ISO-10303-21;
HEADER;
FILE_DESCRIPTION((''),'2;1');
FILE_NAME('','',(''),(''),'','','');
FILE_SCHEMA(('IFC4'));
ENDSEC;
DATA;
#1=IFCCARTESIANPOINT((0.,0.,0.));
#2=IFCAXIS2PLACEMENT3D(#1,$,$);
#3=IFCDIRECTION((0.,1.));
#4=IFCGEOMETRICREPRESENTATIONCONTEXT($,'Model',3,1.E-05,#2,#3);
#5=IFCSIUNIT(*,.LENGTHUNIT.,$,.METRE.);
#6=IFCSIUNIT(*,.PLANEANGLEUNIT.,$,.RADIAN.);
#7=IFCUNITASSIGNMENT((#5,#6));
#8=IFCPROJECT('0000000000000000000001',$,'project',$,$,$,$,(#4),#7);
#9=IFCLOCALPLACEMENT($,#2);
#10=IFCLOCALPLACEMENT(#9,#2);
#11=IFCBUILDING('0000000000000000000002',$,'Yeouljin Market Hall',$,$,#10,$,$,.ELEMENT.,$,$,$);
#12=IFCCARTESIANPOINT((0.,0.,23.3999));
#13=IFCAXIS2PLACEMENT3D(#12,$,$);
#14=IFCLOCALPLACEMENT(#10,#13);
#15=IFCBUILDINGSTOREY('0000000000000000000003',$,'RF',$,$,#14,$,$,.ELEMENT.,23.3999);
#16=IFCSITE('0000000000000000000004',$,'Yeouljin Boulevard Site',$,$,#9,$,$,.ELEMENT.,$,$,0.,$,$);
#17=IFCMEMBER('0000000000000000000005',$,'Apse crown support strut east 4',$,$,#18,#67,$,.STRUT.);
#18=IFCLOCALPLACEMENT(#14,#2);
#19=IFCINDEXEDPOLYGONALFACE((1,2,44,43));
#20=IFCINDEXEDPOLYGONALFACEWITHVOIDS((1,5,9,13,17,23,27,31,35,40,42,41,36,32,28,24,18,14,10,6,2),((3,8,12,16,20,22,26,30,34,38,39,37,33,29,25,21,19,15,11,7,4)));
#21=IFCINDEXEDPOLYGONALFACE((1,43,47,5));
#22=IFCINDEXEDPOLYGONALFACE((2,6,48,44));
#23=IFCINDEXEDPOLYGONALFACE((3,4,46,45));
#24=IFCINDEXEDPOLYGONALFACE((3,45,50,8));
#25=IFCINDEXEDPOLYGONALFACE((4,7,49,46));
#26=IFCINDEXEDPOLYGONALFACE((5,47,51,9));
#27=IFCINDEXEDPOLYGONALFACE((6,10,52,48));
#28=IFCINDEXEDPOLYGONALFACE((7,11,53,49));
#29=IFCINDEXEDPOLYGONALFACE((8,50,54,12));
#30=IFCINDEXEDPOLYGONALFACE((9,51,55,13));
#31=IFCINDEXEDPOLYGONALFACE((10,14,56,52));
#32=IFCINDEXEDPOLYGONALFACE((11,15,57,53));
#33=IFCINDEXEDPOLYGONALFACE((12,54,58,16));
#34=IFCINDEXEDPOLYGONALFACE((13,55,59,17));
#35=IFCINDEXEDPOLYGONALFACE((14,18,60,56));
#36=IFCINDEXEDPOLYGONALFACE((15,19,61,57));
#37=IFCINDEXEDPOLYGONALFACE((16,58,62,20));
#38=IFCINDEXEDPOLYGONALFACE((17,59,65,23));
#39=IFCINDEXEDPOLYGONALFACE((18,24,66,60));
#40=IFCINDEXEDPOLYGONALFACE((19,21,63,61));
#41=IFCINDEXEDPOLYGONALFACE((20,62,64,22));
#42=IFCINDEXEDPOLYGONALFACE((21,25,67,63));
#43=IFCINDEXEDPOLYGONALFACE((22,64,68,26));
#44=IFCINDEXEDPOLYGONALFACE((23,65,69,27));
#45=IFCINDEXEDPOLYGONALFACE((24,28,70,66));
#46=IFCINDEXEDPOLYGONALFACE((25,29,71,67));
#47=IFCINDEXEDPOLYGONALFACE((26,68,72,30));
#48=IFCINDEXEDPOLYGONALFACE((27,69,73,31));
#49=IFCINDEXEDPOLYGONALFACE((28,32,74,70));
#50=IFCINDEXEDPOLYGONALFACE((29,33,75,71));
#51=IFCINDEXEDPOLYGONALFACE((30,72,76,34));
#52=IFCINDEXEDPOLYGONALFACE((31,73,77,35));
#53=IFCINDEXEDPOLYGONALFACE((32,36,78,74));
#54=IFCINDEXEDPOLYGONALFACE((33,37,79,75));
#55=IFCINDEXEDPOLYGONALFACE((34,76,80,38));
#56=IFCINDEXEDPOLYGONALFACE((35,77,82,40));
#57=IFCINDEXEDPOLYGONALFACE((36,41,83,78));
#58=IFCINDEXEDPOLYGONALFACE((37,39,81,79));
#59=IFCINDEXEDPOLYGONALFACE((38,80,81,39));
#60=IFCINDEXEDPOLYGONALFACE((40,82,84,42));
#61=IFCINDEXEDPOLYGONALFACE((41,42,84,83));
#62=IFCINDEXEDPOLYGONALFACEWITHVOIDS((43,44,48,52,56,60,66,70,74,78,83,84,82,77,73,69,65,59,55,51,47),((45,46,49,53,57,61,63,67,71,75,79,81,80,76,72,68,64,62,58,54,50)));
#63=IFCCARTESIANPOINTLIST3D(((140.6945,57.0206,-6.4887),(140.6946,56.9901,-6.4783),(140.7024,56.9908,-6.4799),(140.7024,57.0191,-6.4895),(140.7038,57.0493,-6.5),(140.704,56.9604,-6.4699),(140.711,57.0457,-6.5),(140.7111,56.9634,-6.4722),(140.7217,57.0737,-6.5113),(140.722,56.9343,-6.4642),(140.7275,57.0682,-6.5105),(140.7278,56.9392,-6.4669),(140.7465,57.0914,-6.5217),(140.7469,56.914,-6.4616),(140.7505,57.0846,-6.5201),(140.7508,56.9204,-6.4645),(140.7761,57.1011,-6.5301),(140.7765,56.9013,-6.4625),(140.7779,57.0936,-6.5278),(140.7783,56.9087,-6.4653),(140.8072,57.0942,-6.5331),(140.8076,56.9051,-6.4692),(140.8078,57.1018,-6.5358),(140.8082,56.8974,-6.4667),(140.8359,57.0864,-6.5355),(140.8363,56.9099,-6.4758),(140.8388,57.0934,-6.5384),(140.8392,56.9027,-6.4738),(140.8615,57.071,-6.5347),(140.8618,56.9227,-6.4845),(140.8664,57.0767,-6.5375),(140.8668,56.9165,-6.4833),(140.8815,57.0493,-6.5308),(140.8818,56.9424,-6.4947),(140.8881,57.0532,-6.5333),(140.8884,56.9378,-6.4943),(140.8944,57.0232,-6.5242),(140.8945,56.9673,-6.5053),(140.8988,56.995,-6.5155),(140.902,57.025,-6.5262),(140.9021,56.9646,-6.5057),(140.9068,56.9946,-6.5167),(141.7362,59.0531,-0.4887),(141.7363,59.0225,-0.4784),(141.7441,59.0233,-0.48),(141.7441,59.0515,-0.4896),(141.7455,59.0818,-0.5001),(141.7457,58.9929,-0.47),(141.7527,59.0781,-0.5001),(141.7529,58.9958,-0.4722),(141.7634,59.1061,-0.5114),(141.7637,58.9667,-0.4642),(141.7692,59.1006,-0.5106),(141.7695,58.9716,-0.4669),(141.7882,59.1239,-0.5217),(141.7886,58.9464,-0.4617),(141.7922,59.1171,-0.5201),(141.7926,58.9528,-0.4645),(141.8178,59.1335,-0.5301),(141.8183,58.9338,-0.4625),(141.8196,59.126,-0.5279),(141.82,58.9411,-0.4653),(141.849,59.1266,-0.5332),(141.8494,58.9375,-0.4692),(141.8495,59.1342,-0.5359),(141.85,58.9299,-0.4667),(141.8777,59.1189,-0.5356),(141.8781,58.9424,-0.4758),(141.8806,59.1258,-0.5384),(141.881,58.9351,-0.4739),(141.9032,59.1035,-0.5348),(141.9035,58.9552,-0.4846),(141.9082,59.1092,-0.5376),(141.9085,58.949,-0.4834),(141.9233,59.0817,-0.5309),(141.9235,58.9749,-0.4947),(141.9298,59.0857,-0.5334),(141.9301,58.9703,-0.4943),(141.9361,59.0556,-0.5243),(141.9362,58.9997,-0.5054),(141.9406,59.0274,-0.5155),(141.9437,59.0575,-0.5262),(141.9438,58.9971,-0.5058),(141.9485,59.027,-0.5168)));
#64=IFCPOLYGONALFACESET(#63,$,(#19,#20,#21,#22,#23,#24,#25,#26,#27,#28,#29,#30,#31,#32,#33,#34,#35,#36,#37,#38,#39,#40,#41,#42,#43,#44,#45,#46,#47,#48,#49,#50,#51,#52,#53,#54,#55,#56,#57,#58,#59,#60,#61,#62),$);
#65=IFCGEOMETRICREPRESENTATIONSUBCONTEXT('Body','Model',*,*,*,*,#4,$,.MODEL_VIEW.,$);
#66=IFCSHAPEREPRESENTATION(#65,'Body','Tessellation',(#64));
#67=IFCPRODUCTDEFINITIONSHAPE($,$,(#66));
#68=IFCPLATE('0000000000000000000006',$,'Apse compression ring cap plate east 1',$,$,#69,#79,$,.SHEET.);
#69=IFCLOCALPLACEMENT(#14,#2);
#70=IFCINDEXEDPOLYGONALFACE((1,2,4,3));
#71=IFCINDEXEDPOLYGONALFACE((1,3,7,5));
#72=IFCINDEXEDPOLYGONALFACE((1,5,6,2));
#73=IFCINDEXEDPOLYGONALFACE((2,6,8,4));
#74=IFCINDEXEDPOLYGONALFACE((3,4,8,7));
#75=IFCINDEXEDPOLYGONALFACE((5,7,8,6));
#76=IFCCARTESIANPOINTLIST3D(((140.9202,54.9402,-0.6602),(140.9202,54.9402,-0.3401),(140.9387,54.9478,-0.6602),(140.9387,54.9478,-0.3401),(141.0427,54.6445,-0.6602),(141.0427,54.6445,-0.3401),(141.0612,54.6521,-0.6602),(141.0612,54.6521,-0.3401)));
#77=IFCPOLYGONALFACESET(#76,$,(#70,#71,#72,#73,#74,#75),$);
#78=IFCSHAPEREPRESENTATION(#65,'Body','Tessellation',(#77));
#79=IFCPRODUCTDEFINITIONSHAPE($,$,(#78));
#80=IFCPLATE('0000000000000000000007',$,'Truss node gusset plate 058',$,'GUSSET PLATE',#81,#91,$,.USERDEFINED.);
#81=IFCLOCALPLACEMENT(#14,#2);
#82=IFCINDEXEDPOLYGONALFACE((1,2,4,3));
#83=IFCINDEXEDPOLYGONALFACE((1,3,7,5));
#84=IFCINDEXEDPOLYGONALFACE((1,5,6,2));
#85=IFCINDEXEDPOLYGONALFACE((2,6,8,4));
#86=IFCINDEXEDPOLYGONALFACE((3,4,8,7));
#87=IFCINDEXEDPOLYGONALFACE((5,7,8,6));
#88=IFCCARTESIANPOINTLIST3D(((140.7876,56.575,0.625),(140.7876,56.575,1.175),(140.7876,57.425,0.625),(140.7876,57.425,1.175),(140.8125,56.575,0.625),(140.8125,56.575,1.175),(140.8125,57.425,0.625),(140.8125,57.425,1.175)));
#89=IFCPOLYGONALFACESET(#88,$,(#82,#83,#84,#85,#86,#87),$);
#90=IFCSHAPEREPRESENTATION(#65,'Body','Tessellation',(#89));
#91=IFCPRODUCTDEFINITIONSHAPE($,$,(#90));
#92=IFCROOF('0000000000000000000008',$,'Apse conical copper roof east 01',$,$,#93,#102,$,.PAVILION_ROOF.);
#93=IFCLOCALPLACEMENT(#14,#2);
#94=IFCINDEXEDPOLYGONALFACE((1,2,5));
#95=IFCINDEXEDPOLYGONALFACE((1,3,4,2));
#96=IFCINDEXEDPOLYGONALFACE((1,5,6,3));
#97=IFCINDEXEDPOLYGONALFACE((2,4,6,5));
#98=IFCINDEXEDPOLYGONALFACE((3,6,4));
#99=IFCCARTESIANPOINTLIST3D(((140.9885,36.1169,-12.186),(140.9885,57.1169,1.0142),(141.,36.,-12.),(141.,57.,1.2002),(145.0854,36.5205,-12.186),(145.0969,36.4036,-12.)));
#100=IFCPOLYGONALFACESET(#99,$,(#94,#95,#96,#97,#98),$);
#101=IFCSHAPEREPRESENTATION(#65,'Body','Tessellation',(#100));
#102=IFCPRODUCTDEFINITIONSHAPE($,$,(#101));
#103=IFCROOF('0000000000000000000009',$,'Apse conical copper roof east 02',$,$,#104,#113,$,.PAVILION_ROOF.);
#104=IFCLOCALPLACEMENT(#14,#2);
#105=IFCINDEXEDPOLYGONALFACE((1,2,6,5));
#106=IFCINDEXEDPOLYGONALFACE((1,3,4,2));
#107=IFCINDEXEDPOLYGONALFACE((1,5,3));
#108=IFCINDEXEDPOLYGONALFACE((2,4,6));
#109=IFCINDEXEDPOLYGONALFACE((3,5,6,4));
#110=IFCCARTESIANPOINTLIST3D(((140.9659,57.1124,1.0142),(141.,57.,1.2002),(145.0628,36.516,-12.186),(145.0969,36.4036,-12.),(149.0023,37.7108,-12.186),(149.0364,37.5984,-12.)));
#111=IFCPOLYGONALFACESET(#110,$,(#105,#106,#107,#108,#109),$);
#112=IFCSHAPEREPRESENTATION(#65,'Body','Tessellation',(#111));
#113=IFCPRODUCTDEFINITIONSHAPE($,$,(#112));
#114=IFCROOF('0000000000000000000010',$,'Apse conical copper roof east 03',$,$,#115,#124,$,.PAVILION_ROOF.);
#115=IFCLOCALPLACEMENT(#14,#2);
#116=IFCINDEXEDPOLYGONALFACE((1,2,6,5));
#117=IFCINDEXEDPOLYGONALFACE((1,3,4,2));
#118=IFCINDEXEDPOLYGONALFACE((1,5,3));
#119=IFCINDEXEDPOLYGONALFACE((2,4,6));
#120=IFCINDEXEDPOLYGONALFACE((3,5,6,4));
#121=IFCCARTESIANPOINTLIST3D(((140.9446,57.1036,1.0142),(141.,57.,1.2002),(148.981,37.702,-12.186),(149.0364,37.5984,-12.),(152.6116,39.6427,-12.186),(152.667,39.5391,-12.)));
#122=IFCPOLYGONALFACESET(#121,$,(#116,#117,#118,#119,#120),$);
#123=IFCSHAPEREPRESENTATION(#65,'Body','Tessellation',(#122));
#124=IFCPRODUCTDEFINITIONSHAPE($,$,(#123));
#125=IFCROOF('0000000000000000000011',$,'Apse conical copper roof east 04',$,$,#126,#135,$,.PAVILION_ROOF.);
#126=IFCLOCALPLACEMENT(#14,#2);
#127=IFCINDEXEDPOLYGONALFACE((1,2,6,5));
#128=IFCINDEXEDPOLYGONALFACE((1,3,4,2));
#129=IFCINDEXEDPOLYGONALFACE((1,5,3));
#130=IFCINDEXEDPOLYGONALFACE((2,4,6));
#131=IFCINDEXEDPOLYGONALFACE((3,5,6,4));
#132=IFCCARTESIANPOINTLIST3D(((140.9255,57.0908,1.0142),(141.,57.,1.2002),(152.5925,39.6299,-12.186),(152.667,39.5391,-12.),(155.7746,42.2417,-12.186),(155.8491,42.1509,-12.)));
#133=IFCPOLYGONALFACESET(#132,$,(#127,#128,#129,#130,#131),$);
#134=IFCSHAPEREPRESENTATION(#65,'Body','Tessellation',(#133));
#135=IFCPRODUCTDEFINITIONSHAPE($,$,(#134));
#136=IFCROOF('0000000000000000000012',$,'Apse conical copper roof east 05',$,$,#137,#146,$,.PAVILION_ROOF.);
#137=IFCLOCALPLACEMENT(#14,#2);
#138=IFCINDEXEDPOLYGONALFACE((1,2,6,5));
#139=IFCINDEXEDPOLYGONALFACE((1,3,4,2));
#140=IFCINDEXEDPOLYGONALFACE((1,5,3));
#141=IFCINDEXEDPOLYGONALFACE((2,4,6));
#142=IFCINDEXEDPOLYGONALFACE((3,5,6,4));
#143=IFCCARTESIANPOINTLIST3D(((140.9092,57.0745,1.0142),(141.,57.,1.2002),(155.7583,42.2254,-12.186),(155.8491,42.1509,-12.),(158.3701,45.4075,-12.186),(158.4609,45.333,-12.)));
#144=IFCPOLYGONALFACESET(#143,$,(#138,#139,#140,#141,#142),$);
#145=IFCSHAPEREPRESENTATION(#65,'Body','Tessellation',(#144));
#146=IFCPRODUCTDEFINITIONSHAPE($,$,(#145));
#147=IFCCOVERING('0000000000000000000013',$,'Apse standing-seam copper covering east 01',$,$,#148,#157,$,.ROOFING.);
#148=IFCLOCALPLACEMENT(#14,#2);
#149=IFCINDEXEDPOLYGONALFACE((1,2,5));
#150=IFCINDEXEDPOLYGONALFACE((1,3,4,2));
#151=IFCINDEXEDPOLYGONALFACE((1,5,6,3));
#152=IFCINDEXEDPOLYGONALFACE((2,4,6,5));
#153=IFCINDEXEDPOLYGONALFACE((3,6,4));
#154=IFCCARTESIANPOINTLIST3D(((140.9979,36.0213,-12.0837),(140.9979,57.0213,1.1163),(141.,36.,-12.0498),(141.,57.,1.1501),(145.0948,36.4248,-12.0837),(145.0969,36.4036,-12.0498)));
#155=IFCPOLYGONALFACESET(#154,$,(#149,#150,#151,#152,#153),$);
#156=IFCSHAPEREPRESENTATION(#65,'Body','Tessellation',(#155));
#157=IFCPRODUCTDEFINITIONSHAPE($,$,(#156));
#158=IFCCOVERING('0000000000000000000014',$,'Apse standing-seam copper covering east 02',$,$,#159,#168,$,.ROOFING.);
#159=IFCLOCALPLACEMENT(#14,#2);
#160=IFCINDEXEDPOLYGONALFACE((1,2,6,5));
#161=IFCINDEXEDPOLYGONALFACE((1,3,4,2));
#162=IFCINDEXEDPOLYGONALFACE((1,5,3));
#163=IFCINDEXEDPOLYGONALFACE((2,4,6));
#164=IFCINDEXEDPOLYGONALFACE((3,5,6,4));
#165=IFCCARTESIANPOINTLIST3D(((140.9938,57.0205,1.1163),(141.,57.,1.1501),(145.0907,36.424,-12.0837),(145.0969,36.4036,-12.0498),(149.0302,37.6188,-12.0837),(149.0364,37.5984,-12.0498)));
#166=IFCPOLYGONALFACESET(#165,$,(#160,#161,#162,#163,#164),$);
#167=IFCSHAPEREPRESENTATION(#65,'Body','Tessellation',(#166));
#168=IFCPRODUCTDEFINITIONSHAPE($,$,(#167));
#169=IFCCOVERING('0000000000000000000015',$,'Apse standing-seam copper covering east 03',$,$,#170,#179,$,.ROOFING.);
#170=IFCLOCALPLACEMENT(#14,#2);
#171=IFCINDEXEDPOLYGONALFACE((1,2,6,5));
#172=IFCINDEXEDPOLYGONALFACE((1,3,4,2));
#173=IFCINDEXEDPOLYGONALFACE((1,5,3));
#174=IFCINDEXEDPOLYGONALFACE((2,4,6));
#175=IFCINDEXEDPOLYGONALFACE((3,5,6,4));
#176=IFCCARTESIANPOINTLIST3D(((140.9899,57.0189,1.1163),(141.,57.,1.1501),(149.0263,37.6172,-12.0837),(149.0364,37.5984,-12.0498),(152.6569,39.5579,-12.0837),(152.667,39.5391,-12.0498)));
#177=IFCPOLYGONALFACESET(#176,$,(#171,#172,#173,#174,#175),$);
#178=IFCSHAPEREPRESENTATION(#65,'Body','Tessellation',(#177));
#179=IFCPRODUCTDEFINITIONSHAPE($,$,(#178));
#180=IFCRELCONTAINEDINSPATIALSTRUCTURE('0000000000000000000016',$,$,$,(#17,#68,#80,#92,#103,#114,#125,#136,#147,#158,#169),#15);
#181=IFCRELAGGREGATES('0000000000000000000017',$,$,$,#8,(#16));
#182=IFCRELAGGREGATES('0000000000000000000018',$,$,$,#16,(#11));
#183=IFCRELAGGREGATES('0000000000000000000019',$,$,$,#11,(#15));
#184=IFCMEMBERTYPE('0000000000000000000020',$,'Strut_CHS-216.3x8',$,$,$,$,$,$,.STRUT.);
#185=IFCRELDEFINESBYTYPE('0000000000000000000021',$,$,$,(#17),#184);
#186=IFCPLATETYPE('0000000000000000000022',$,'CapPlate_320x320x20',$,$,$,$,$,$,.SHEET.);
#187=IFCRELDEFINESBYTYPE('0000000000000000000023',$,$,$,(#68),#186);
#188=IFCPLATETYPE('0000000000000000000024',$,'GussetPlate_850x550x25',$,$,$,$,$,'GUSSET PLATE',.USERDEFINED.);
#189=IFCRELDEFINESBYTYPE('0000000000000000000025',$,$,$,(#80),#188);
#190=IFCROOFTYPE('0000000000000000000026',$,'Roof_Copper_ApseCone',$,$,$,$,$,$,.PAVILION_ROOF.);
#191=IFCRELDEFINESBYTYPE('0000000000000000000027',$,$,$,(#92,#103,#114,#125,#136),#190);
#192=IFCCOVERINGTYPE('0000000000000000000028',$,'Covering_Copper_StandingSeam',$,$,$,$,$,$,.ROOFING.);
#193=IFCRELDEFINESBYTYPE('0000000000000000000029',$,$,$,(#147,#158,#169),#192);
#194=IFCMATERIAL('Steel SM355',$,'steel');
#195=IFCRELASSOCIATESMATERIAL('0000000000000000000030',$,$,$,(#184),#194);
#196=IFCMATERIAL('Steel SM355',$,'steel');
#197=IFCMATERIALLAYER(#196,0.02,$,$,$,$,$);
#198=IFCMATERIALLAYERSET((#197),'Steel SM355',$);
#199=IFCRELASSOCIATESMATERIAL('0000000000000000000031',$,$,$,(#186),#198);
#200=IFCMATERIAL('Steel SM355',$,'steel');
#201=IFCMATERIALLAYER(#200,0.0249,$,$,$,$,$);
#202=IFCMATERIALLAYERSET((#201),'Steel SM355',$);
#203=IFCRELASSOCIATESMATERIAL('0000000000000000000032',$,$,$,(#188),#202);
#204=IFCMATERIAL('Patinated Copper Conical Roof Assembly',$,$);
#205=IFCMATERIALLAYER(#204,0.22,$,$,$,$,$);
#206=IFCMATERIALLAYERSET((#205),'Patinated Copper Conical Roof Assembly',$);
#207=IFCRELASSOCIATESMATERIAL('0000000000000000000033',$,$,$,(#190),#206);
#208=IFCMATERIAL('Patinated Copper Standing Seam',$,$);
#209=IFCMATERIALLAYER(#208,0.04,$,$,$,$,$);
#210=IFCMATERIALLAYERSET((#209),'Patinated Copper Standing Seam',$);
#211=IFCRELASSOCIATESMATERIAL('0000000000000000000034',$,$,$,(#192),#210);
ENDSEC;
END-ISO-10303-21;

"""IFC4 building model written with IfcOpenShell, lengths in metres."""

from ifc_helpers import new_model, si_unit, direction, frame, origin, origin_2d, place, context, subcontext, project, spatial, polyline, rectangle, hollow_circle, outline, extrude, material, layer, layer_set, material_profile, profile_set, type_object, element, save


model = new_model("IFC4")

# Units and contexts
model_context = context("Model", 3, precision=1e-05, world=origin(), true_north=direction((0.0, 1.0)))
body_context = subcontext(model_context, "Body", "Model", "MODEL_VIEW")
ifc_project = project(units=[si_unit("LENGTHUNIT", "METRE"), si_unit("PLANEANGLEUNIT", "RADIAN")], contexts=[model_context])

# Site, building, storey
site_placement = place(None, origin())
site = spatial("IfcSite", under=ifc_project, at=site_placement, Name="Yeouljin Boulevard Site", CompositionType="ELEMENT", RefElevation=0.0)
building_placement = place(site_placement, origin())
building = spatial("IfcBuilding", under=site, at=building_placement, Name="Yeouljin Market Hall", CompositionType="ELEMENT")
storey_placement = place(building_placement, frame((0.0, 0.0, 23.3999)))
storey = spatial("IfcBuildingStorey", under=building, at=storey_placement, Name="RF", CompositionType="ELEMENT", Elevation=23.3999)

# Member
ifc_material_1 = material(Name="Steel SM355", Category="steel")
ifc_material_profile_1 = material_profile(ifc_material_1, hollow_circle(Radius=0.1082, WallThickness=0.0081, at=origin_2d()), Name="CHS-216.3x8")
ifc_profile_set_1 = profile_set([ifc_material_profile_1], Name="Steel SM355")
member_type_1 = type_object("IfcMemberType", Name="Strut_CHS-216.3x8", PredefinedType="STRUT", material=ifc_profile_set_1)
member_1_placement = place(storey_placement, frame((140.8, 57.0, -6.5), z_axis=(0.162266, 0.316585, 0.934582), x_axis=(-0.889914, 0.456128, 0.0)))
element("IfcMember", 1, at=member_1_placement, inside=storey, type_object=member_type_1, Name="Apse crown support strut east 4", PredefinedType="STRUT", context=body_context, shape_type="SweptSolid", body=[
    extrude(hollow_circle(Radius=0.1082, WallThickness=0.0081, at=origin_2d()), origin(), (0.0, 0.0, 1.0), 6.4199),
])

# Plates
ifc_material_2 = material(Name="Steel SM355", Category="steel")
ifc_layer_1 = layer(ifc_material_2, 0.02)
ifc_layer_set_1 = layer_set([ifc_layer_1], Name="Steel SM355")
plate_type_1 = type_object("IfcPlateType", Name="CapPlate_320x320x20", PredefinedType="SHEET", material=ifc_layer_set_1)
plate_1_placement = place(storey_placement, frame((140.9907, 54.7961, -0.6602), z_axis=(0.0, 0.0, 1.0), x_axis=(-0.382683, 0.92388, 0.0)))
element("IfcPlate", 2, at=plate_1_placement, inside=storey, type_object=plate_type_1, Name="Apse compression ring cap plate east 1", PredefinedType="SHEET", context=body_context, shape_type="SweptSolid", body=[
    extrude(rectangle(XDim=0.3201, YDim=0.02, at=origin_2d()), origin(), (0.0, 0.0, 1.0), 0.3201),
])
ifc_material_3 = material(Name="Steel SM355", Category="steel")
ifc_layer_2 = layer(ifc_material_3, 0.0249)
ifc_layer_set_2 = layer_set([ifc_layer_2], Name="Steel SM355")
plate_type_2 = type_object("IfcPlateType", Name="GussetPlate_850x550x25", ElementType="GUSSET PLATE", PredefinedType="USERDEFINED", material=ifc_layer_set_2)
plate_2_placement = place(storey_placement, frame((140.8, 57.0, 0.625), z_axis=(0.0, 0.0, 1.0), x_axis=(0.0, 1.0, 0.0)))
element("IfcPlate", 3, at=plate_2_placement, inside=storey, type_object=plate_type_2, Name="Truss node gusset plate 058", ObjectType="GUSSET PLATE", PredefinedType="USERDEFINED", context=body_context, shape_type="SweptSolid", body=[
    extrude(rectangle(XDim=0.8501, YDim=0.0249, at=origin_2d()), origin(), (0.0, 0.0, 1.0), 0.55),
])

# Roofs
ifc_material_4 = material(Name="Patinated Copper Conical Roof Assembly")
ifc_layer_3 = layer(ifc_material_4, 0.22)
ifc_layer_set_3 = layer_set([ifc_layer_3], Name="Patinated Copper Conical Roof Assembly")
roof_type = type_object("IfcRoofType", Name="Roof_Copper_ApseCone", PredefinedType="PAVILION_ROOF", material=ifc_layer_set_3)
roof_1_placement = place(storey_placement, frame((141.0, 57.0, 1.2002), z_axis=(0.05235, -0.531447, 0.845472), x_axis=(0.0, -0.846633, -0.532177)))
element("IfcRoof", 4, at=roof_1_placement, inside=storey, type_object=roof_type, Name="Apse conical copper roof east 01", PredefinedType="PAVILION_ROOF", context=body_context, shape_type="SweptSolid", body=[
    extrude(outline(polyline([(0.0, 0.0), (24.8041, 0.0), (24.4625, 4.1025), (0.0, 0.0)])), origin(), (0.0, 0.0, -1.0), 0.22),
])
roof_2_placement = place(storey_placement, frame((141.0, 57.0, 1.2002), z_axis=(0.154994, -0.511031, 0.845473), x_axis=(0.165171, -0.830364, -0.532178)))
element("IfcRoof", 5, at=roof_2_placement, inside=storey, type_object=roof_type, Name="Apse conical copper roof east 02", PredefinedType="PAVILION_ROOF", context=body_context, shape_type="SweptSolid", body=[
    extrude(outline(polyline([(0.0, 0.0), (24.8041, 0.0), (24.4626, 4.1025), (0.0, 0.0)])), origin(), (0.0, 0.0, -1.0), 0.22),
])
roof_3_placement = place(storey_placement, frame((141.0, 57.0, 1.2002), z_axis=(0.251741, -0.470957, 0.845474), x_axis=(0.323992, -0.782189, -0.532175)))
element("IfcRoof", 6, at=roof_3_placement, inside=storey, type_object=roof_type, Name="Apse conical copper roof east 03", PredefinedType="PAVILION_ROOF", context=body_context, shape_type="SweptSolid", body=[
    extrude(outline(polyline([(0.0, 0.0), (24.8043, 0.0), (24.4626, 4.1025), (0.0, 0.0)])), origin(), (0.0, 0.0, -1.0), 0.22),
])
roof_4_placement = place(storey_placement, frame((141.0, 57.0, 1.2002), z_axis=(0.338803, -0.412783, 0.845472), x_axis=(0.470364, -0.703951, -0.532176)))
element("IfcRoof", 7, at=roof_4_placement, inside=storey, type_object=roof_type, Name="Apse conical copper roof east 04", PredefinedType="PAVILION_ROOF", context=body_context, shape_type="SweptSolid", body=[
    extrude(outline(polyline([(0.0, 0.0), (24.8042, 0.0), (24.4624, 4.1025), (0.0, 0.0)])), origin(), (0.0, 0.0, -1.0), 0.22),
])
roof_5_placement = place(storey_placement, frame((141.0, 57.0, 1.2002), z_axis=(0.412783, -0.338803, 0.845472), x_axis=(0.598659, -0.598659, -0.53218)))
element("IfcRoof", 8, at=roof_5_placement, inside=storey, type_object=roof_type, Name="Apse conical copper roof east 05", PredefinedType="PAVILION_ROOF", context=body_context, shape_type="SweptSolid", body=[
    extrude(outline(polyline([(0.0, 0.0), (24.804, 0.0), (24.4626, 4.1026), (0.0, 0.0)])), origin(), (0.0, 0.0, -1.0), 0.22),
])

# Coverings
ifc_material_5 = material(Name="Patinated Copper Standing Seam")
ifc_layer_4 = layer(ifc_material_5, 0.04)
ifc_layer_set_4 = layer_set([ifc_layer_4], Name="Patinated Copper Standing Seam")
covering_type = type_object("IfcCoveringType", Name="Covering_Copper_StandingSeam", PredefinedType="ROOFING", material=ifc_layer_set_4)
covering_1_placement = place(storey_placement, frame((141.0, 57.0, 1.1501), z_axis=(0.052349, -0.53144, 0.845477), x_axis=(0.0, -0.846637, -0.53217)))
element("IfcCovering", 9, at=covering_1_placement, inside=storey, type_object=covering_type, Name="Apse standing-seam copper covering east 01", PredefinedType="ROOFING", context=body_context, shape_type="SweptSolid", body=[
    extrude(outline(polyline([(0.0, 0.0), (24.804, 0.0), (24.4623, 4.1025), (0.0, 0.0)])), origin(), (0.0, 0.0, -1.0), 0.04),
])
covering_2_placement = place(storey_placement, frame((141.0, 57.0, 1.1501), z_axis=(0.154992, -0.511024, 0.845477), x_axis=(0.165172, -0.830369, -0.532171)))
element("IfcCovering", 10, at=covering_2_placement, inside=storey, type_object=covering_type, Name="Apse standing-seam copper covering east 02", PredefinedType="ROOFING", context=body_context, shape_type="SweptSolid", body=[
    extrude(outline(polyline([(0.0, 0.0), (24.804, 0.0), (24.4625, 4.1025), (0.0, 0.0)])), origin(), (0.0, 0.0, -1.0), 0.04),
])
covering_3_placement = place(storey_placement, frame((141.0, 57.0, 1.1501), z_axis=(0.251738, -0.470951, 0.845478), x_axis=(0.323994, -0.782193, -0.532168)))
element("IfcCovering", 11, at=covering_3_placement, inside=storey, type_object=covering_type, Name="Apse standing-seam copper covering east 03", PredefinedType="ROOFING", context=body_context, shape_type="SweptSolid", body=[
    extrude(outline(polyline([(0.0, 0.0), (24.8041, 0.0), (24.4624, 4.1025), (0.0, 0.0)])), origin(), (0.0, 0.0, -1.0), 0.04),
])

save(model, "model.ifc")
